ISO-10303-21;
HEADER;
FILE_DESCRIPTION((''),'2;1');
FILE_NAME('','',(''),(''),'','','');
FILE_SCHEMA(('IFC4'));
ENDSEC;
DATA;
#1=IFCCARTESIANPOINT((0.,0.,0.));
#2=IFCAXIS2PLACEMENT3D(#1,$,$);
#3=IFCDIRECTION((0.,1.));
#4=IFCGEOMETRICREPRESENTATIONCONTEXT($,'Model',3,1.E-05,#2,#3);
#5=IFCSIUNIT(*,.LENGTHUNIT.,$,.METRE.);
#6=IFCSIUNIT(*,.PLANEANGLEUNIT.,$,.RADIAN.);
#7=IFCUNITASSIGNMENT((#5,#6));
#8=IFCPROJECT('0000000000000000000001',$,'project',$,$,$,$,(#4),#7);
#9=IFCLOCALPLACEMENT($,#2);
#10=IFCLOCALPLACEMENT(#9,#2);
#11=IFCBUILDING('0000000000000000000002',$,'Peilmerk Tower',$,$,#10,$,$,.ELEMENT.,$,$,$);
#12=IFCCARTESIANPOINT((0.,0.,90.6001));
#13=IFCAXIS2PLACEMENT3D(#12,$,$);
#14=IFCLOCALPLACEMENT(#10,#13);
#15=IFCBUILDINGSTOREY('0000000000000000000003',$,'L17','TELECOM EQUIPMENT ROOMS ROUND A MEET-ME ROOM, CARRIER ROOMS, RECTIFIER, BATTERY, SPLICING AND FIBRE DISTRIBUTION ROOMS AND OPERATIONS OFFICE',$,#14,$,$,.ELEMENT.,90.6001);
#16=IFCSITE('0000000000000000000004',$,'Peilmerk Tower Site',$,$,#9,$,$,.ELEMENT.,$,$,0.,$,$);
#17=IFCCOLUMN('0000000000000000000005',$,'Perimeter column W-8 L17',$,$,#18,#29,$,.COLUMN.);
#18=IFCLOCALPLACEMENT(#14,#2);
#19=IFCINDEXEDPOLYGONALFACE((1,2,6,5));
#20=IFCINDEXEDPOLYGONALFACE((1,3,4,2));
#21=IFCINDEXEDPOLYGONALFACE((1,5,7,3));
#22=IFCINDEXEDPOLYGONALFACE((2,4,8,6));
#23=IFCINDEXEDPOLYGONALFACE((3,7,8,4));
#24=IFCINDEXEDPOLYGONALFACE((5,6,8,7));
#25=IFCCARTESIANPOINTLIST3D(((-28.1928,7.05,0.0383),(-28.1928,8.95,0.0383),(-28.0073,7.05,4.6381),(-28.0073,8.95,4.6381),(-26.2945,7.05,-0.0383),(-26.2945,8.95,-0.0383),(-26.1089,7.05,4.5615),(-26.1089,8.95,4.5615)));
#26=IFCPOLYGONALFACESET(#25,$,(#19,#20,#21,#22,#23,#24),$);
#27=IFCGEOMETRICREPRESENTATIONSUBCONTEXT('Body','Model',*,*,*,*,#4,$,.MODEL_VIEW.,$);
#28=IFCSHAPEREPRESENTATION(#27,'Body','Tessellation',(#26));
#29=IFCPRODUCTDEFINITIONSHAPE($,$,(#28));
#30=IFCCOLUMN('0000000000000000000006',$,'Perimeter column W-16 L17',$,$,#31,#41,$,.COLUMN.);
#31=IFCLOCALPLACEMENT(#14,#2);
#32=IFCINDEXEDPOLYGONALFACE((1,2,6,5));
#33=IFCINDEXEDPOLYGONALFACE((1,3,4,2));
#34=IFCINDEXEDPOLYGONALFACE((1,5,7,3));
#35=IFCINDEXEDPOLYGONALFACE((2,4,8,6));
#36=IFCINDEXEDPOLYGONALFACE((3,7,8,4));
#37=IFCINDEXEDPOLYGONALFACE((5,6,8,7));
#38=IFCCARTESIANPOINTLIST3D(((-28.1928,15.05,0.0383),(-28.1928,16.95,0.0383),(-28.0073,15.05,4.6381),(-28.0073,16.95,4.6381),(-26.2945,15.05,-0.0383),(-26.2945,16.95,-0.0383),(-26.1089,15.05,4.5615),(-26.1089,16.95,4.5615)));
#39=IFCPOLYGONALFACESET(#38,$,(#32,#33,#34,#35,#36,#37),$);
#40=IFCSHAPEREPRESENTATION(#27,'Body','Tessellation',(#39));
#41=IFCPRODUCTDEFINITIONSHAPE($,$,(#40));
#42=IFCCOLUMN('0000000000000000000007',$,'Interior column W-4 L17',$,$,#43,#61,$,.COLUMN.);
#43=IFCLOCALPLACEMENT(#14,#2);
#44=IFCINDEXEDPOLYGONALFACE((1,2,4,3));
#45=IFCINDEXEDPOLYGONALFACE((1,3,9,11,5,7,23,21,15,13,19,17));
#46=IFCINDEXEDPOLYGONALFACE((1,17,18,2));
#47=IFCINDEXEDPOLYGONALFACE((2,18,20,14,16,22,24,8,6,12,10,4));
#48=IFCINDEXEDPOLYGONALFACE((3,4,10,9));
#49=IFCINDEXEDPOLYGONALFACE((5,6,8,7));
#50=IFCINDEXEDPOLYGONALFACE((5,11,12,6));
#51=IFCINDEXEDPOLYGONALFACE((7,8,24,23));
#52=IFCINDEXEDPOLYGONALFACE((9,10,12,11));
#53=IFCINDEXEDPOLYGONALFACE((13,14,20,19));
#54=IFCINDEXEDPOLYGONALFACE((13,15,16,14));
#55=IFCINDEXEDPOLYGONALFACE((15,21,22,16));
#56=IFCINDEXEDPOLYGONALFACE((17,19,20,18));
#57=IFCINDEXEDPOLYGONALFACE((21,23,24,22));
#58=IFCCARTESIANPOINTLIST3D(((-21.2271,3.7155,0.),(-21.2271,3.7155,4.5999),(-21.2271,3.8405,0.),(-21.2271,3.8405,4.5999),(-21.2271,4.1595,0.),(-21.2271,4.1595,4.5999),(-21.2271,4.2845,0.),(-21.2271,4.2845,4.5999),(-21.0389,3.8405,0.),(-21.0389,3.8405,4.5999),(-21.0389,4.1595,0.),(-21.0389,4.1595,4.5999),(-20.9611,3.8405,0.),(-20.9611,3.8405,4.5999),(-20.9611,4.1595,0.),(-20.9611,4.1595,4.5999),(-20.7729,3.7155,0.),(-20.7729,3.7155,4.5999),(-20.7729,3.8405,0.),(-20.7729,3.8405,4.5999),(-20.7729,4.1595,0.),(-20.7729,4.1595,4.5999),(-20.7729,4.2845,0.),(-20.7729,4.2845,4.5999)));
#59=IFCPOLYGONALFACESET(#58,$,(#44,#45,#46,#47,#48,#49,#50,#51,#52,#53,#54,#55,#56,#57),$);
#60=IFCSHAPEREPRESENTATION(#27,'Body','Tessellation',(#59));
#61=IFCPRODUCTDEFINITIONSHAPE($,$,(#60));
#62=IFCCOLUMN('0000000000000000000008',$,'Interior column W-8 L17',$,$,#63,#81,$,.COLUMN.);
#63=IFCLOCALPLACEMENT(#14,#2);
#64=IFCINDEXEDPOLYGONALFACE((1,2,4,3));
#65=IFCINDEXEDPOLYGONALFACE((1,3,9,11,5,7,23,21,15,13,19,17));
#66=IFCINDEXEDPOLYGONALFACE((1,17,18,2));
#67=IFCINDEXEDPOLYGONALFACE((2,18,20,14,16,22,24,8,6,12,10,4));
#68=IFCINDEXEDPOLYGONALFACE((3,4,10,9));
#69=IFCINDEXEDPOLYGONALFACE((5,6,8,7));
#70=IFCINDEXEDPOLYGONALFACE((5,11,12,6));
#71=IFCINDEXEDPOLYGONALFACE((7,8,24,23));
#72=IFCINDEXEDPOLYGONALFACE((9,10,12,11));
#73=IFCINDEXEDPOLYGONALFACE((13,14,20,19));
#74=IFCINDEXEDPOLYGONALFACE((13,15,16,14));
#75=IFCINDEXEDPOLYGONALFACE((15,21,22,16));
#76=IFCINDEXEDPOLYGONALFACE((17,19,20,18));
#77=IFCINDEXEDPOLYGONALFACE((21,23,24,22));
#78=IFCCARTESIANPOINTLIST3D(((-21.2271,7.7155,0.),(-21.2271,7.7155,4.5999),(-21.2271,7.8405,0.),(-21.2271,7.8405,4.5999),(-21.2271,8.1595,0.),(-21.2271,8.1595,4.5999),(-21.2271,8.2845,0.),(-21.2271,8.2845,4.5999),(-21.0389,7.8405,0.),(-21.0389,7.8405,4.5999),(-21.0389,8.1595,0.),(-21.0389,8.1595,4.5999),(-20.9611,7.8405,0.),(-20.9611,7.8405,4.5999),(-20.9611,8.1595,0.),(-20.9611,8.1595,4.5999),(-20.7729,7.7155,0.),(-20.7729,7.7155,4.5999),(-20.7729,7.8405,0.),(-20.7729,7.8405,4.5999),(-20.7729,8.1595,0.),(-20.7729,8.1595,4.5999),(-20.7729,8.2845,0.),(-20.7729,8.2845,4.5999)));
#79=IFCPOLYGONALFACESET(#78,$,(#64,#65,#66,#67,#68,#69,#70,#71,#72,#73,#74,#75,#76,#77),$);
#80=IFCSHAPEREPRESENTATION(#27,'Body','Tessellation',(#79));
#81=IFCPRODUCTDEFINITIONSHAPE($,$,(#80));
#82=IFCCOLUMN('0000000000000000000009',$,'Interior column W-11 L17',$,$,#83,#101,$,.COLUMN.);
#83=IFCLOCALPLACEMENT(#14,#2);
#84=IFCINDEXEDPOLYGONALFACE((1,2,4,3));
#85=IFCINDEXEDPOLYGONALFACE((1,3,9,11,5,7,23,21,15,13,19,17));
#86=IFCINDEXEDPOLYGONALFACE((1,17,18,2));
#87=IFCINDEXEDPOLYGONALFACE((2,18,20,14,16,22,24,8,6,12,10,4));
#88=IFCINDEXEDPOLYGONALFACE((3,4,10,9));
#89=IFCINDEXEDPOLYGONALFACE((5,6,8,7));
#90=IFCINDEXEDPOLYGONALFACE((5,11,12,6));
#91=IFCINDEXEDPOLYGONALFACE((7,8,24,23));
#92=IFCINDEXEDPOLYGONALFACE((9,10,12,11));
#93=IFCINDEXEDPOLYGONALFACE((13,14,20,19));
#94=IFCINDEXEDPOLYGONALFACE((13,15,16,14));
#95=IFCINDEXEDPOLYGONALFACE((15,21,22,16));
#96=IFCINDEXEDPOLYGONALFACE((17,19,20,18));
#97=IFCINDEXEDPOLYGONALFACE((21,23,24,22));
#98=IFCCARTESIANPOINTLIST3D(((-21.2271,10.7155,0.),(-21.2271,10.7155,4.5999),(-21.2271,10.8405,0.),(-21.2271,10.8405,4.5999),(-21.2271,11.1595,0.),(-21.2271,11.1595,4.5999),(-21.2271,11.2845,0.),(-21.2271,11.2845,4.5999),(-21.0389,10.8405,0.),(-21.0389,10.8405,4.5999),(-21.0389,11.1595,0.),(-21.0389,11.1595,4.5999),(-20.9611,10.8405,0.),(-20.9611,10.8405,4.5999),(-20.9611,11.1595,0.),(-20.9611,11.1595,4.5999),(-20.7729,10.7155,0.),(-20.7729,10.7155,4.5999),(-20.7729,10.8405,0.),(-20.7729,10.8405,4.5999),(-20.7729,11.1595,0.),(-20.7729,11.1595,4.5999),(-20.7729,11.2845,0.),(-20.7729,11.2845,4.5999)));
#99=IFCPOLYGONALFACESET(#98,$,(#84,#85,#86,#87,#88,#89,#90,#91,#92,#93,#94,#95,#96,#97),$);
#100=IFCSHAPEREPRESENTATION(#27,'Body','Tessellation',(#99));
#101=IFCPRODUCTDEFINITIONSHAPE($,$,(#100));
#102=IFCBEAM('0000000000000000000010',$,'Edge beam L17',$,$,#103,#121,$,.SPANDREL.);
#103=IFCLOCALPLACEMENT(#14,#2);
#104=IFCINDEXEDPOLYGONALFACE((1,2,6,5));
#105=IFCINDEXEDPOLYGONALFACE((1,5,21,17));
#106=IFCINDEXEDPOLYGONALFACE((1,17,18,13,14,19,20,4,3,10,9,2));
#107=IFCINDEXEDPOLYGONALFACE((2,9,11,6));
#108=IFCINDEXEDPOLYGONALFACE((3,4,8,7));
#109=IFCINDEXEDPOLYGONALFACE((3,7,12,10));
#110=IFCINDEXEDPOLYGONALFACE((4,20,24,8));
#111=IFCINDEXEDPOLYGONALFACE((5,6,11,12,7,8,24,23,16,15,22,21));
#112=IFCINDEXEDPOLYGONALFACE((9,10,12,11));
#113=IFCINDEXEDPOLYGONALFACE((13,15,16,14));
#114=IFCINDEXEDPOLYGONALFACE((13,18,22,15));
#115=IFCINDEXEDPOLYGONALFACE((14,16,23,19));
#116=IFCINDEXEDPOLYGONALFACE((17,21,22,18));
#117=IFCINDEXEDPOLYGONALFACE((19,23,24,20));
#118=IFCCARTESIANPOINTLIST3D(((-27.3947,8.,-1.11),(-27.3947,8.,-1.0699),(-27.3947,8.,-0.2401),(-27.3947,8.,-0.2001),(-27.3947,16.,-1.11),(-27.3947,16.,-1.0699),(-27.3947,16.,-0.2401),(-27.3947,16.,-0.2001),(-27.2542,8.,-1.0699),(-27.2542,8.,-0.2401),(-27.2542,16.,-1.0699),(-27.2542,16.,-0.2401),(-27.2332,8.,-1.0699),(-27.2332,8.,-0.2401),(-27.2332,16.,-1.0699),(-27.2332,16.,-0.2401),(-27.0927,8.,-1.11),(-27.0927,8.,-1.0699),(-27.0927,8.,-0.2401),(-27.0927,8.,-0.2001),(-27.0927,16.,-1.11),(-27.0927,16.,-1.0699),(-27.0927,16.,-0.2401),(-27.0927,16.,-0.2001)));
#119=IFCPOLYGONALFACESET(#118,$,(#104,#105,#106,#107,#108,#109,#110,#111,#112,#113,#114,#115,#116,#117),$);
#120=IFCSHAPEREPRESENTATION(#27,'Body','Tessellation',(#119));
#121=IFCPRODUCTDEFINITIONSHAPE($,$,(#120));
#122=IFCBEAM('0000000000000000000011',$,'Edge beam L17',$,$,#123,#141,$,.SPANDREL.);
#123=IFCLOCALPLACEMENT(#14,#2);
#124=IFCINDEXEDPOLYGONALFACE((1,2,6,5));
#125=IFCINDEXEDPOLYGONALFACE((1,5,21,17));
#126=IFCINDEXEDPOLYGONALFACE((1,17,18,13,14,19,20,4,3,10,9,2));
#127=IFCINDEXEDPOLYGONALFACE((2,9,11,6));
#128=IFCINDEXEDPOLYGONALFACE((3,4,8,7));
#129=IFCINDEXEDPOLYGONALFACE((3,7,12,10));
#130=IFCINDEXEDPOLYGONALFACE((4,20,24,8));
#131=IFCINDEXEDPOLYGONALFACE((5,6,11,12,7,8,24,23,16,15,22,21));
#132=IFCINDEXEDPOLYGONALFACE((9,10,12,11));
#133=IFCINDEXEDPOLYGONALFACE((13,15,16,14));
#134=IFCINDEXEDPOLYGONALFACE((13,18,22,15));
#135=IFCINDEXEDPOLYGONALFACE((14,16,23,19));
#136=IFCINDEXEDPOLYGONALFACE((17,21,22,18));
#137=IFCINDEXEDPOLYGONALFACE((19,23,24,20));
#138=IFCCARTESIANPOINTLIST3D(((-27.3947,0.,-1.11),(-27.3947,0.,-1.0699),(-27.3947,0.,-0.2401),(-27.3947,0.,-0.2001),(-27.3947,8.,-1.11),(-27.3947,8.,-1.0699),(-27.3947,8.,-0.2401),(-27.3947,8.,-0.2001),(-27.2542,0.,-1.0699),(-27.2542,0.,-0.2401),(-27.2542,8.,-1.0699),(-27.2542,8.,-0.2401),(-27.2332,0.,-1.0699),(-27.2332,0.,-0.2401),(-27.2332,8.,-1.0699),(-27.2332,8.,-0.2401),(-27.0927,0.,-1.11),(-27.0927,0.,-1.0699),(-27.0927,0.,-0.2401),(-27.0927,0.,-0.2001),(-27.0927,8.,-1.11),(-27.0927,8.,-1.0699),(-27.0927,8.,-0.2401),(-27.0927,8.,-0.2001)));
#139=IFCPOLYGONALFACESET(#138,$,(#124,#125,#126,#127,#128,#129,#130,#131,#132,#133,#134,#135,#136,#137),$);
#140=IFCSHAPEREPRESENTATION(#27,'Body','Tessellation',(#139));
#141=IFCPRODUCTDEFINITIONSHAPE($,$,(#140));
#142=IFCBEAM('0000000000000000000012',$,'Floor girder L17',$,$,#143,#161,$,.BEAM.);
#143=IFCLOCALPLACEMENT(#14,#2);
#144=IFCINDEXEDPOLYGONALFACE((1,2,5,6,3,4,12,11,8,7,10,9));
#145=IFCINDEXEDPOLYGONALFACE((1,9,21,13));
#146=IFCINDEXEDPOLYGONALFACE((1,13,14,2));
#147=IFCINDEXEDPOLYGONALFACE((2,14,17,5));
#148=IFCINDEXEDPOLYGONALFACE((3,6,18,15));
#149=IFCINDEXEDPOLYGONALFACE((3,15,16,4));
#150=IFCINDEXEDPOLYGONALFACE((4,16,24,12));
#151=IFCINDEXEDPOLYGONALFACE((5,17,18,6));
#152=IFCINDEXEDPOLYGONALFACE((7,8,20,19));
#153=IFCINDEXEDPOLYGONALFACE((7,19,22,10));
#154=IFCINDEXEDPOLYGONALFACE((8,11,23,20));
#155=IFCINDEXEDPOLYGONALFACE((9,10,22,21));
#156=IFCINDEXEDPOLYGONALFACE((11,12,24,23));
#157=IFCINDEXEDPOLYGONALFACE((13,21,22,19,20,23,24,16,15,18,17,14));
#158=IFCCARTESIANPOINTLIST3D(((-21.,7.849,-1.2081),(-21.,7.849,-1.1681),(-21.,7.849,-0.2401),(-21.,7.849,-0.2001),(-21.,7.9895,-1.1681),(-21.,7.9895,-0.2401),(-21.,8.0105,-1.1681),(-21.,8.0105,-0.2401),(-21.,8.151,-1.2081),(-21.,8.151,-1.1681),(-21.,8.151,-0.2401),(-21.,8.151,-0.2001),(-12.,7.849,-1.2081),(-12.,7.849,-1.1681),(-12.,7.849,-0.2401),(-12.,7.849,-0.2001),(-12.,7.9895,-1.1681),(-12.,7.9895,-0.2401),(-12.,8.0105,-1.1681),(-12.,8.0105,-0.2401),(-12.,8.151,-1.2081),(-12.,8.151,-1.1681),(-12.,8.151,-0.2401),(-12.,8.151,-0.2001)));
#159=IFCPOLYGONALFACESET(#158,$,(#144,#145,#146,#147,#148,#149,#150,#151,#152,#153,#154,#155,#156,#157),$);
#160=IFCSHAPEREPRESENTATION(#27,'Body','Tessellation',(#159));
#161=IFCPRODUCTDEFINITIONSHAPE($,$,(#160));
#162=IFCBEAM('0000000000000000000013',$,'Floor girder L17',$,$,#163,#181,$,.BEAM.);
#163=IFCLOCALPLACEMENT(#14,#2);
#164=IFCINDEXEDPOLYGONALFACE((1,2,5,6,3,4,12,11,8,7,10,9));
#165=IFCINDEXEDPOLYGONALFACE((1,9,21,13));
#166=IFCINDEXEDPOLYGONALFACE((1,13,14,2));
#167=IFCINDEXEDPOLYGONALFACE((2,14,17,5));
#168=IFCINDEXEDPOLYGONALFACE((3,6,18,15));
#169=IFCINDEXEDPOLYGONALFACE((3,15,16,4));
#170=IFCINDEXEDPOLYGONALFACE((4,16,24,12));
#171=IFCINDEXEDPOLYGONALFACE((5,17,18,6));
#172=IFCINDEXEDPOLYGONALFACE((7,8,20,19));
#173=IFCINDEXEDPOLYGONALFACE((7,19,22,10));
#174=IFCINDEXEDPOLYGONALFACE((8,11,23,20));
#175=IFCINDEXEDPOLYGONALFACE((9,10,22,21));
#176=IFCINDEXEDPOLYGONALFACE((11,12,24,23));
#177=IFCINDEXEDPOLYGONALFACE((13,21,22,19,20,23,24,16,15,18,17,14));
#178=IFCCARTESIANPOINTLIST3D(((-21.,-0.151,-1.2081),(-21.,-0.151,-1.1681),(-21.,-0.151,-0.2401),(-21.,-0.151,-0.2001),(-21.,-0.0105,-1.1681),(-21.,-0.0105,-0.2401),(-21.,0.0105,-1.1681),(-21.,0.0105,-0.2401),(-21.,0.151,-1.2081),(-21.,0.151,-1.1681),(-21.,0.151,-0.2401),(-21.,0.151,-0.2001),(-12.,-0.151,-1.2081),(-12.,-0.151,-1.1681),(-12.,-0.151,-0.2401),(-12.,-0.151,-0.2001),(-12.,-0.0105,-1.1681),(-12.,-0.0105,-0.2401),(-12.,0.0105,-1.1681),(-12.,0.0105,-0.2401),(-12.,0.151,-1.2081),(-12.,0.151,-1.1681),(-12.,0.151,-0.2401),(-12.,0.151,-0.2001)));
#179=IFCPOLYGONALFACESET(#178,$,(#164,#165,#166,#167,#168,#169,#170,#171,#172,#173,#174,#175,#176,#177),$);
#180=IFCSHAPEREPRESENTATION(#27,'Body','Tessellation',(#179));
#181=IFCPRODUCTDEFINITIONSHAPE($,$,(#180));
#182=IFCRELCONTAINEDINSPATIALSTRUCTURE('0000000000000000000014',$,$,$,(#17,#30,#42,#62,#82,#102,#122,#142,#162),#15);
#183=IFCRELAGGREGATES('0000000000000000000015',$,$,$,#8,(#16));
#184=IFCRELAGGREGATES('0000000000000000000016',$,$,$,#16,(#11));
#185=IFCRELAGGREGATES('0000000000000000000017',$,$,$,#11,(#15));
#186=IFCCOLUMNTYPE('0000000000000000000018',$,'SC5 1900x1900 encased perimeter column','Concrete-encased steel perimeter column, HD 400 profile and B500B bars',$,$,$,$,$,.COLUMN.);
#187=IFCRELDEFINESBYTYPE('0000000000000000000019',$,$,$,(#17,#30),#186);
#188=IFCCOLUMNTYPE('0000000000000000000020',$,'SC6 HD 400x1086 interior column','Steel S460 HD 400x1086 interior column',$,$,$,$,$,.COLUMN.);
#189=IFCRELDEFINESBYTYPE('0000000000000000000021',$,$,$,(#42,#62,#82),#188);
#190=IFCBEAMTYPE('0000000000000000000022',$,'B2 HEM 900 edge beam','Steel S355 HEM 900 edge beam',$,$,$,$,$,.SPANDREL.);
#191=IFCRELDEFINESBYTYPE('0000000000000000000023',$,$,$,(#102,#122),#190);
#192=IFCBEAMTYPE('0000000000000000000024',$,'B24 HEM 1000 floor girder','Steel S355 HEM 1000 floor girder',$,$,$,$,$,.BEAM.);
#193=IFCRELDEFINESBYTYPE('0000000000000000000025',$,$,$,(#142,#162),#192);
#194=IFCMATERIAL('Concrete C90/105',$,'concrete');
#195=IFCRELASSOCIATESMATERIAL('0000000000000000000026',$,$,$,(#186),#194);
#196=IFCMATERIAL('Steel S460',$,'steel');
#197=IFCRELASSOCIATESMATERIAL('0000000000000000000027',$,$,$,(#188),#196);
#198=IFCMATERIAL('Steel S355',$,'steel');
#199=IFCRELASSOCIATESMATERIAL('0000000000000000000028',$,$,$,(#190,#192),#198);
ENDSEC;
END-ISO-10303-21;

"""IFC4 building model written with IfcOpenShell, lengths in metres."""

from ifc_helpers import new_model, si_unit, direction, frame, origin, origin_2d, place, context, subcontext, project, spatial, rectangle, i_section, extrude, material, material_profile, profile_set, type_object, element, save


model = new_model("IFC4")

# Units and contexts
model_context = context("Model", 3, precision=1e-05, world=origin(), true_north=direction((0.0, 1.0)))
body_context = subcontext(model_context, "Body", "Model", "MODEL_VIEW")
ifc_project = project(units=[si_unit("LENGTHUNIT", "METRE"), si_unit("PLANEANGLEUNIT", "RADIAN")], contexts=[model_context])

# Site, building, storey
site_placement = place(None, origin())
site = spatial("IfcSite", under=ifc_project, at=site_placement, Name="Peilmerk Tower Site", CompositionType="ELEMENT", RefElevation=0.0)
building_placement = place(site_placement, origin())
building = spatial("IfcBuilding", under=site, at=building_placement, Name="Peilmerk Tower", CompositionType="ELEMENT")
storey_placement = place(building_placement, frame((0.0, 0.0, 90.6001)))
storey = spatial("IfcBuildingStorey", under=building, at=storey_placement, Name="L17", Description="TELECOM EQUIPMENT ROOMS ROUND A MEET-ME ROOM, CARRIER ROOMS, RECTIFIER, BATTERY, SPLICING AND FIBRE DISTRIBUTION ROOMS AND OPERATIONS OFFICE", CompositionType="ELEMENT", Elevation=90.6001)

# Columns
ifc_material_1 = material(Name="Concrete C90/105", Category="concrete")
ifc_material_profile_1 = material_profile(ifc_material_1, rectangle(XDim=1.8999, YDim=1.8999, at=origin_2d()), Name="RC 1900x1900")
ifc_profile_set_1 = profile_set([ifc_material_profile_1], Name="Concrete C90/105")
column_type_1 = type_object("IfcColumnType", Name="SC5 1900x1900 encased perimeter column", Description="Concrete-encased steel perimeter column, HD 400 profile and B500B bars", PredefinedType="COLUMN", material=ifc_profile_set_1)
for number, where, z_axis, x_axis, name in (
    (1, (-27.2437, 8.0, 0.0), (0.040305, 0.0, 0.999187), (0.0, 1.0, 0.0), "Perimeter column W-8 L17"),
    (2, (-27.2437, 16.0, 0.0), (0.040305, 0.0, 0.999187), (0.0, 1.0, 0.0), "Perimeter column W-16 L17"),
):
    element("IfcColumn", number, at=place(storey_placement, frame(where, z_axis=z_axis, x_axis=x_axis)), inside=storey, type_object=column_type_1, Name=name, PredefinedType="COLUMN", context=body_context, shape_type="SweptSolid", body=[
        extrude(rectangle(XDim=1.8999, YDim=1.8999, at=origin_2d()), origin(), (0.0, 0.0, 1.0), 4.6035),
    ])
ifc_material_2 = material(Name="Steel S460", Category="steel")
ifc_material_profile_2 = material_profile(ifc_material_2, i_section(OverallWidth=0.4541, OverallDepth=0.5691, WebThickness=0.0779, FlangeThickness=0.125, at=origin_2d()), Name="HD 400x1086")
ifc_profile_set_2 = profile_set([ifc_material_profile_2], Name="Steel S460")
column_type_2 = type_object("IfcColumnType", Name="SC6 HD 400x1086 interior column", Description="Steel S460 HD 400x1086 interior column", PredefinedType="COLUMN", material=ifc_profile_set_2)
for number, where, z_axis, x_axis, name in (
    (3, (-21.0, 4.0, 0.0), (0.0, 0.0, 1.0), (1.0, 0.0, 0.0), "Interior column W-4 L17"),
    (4, (-21.0, 8.0, 0.0), (0.0, 0.0, 1.0), (1.0, 0.0, 0.0), "Interior column W-8 L17"),
    (5, (-21.0, 11.0, 0.0), (0.0, 0.0, 1.0), (1.0, 0.0, 0.0), "Interior column W-11 L17"),
):
    element("IfcColumn", number, at=place(storey_placement, frame(where, z_axis=z_axis, x_axis=x_axis)), inside=storey, type_object=column_type_2, Name=name, PredefinedType="COLUMN", context=body_context, shape_type="SweptSolid", body=[
        extrude(i_section(OverallWidth=0.4541, OverallDepth=0.5691, WebThickness=0.0779, FlangeThickness=0.125, at=origin_2d()), origin(), (0.0, 0.0, 1.0), 4.5999),
    ])

# Beams
ifc_material_3 = material(Name="Steel S355", Category="steel")
ifc_material_profile_3 = material_profile(ifc_material_3, i_section(OverallWidth=0.302, OverallDepth=0.9099, WebThickness=0.021, FlangeThickness=0.04, at=origin_2d()), Name="HEM 900")
ifc_profile_set_3 = profile_set([ifc_material_profile_3], Name="Steel S355")
beam_type_1 = type_object("IfcBeamType", Name="B2 HEM 900 edge beam", Description="Steel S355 HEM 900 edge beam", PredefinedType="SPANDREL", material=ifc_profile_set_3)
for number, where, z_axis, x_axis, name in (
    (6, (-27.2437, 16.0, -0.655), (0.0, -1.0, 0.0), (1.0, 0.0, 0.0), "Edge beam L17"),
    (7, (-27.2437, 8.0, -0.655), (0.0, -1.0, 0.0), (1.0, 0.0, 0.0), "Edge beam L17"),
):
    element("IfcBeam", number, at=place(storey_placement, frame(where, z_axis=z_axis, x_axis=x_axis)), inside=storey, type_object=beam_type_1, Name=name, PredefinedType="SPANDREL", context=body_context, shape_type="SweptSolid", body=[
        extrude(i_section(OverallWidth=0.302, OverallDepth=0.9099, WebThickness=0.021, FlangeThickness=0.04, at=origin_2d()), origin(), (0.0, 0.0, 1.0), 8.0),
    ])
ifc_material_profile_4 = material_profile(ifc_material_3, i_section(OverallWidth=0.302, OverallDepth=1.0081, WebThickness=0.021, FlangeThickness=0.04, at=origin_2d()), Name="HEM 1000")
ifc_profile_set_4 = profile_set([ifc_material_profile_4], Name="Steel S355")
beam_type_2 = type_object("IfcBeamType", Name="B24 HEM 1000 floor girder", Description="Steel S355 HEM 1000 floor girder", PredefinedType="BEAM", material=ifc_profile_set_4)
for number, where, z_axis, x_axis, name in (
    (8, (-12.0, 8.0, -0.7041), (-1.0, 0.0, 0.0), (0.0, -1.0, 0.0), "Floor girder L17"),
    (9, (-12.0, 0.0, -0.7041), (-1.0, 0.0, 0.0), (0.0, -1.0, 0.0), "Floor girder L17"),
):
    element("IfcBeam", number, at=place(storey_placement, frame(where, z_axis=z_axis, x_axis=x_axis)), inside=storey, type_object=beam_type_2, Name=name, PredefinedType="BEAM", context=body_context, shape_type="SweptSolid", body=[
        extrude(i_section(OverallWidth=0.302, OverallDepth=1.0081, WebThickness=0.021, FlangeThickness=0.04, at=origin_2d()), origin(), (0.0, 0.0, 1.0), 9.0),
    ])

save(model, "model.ifc")
